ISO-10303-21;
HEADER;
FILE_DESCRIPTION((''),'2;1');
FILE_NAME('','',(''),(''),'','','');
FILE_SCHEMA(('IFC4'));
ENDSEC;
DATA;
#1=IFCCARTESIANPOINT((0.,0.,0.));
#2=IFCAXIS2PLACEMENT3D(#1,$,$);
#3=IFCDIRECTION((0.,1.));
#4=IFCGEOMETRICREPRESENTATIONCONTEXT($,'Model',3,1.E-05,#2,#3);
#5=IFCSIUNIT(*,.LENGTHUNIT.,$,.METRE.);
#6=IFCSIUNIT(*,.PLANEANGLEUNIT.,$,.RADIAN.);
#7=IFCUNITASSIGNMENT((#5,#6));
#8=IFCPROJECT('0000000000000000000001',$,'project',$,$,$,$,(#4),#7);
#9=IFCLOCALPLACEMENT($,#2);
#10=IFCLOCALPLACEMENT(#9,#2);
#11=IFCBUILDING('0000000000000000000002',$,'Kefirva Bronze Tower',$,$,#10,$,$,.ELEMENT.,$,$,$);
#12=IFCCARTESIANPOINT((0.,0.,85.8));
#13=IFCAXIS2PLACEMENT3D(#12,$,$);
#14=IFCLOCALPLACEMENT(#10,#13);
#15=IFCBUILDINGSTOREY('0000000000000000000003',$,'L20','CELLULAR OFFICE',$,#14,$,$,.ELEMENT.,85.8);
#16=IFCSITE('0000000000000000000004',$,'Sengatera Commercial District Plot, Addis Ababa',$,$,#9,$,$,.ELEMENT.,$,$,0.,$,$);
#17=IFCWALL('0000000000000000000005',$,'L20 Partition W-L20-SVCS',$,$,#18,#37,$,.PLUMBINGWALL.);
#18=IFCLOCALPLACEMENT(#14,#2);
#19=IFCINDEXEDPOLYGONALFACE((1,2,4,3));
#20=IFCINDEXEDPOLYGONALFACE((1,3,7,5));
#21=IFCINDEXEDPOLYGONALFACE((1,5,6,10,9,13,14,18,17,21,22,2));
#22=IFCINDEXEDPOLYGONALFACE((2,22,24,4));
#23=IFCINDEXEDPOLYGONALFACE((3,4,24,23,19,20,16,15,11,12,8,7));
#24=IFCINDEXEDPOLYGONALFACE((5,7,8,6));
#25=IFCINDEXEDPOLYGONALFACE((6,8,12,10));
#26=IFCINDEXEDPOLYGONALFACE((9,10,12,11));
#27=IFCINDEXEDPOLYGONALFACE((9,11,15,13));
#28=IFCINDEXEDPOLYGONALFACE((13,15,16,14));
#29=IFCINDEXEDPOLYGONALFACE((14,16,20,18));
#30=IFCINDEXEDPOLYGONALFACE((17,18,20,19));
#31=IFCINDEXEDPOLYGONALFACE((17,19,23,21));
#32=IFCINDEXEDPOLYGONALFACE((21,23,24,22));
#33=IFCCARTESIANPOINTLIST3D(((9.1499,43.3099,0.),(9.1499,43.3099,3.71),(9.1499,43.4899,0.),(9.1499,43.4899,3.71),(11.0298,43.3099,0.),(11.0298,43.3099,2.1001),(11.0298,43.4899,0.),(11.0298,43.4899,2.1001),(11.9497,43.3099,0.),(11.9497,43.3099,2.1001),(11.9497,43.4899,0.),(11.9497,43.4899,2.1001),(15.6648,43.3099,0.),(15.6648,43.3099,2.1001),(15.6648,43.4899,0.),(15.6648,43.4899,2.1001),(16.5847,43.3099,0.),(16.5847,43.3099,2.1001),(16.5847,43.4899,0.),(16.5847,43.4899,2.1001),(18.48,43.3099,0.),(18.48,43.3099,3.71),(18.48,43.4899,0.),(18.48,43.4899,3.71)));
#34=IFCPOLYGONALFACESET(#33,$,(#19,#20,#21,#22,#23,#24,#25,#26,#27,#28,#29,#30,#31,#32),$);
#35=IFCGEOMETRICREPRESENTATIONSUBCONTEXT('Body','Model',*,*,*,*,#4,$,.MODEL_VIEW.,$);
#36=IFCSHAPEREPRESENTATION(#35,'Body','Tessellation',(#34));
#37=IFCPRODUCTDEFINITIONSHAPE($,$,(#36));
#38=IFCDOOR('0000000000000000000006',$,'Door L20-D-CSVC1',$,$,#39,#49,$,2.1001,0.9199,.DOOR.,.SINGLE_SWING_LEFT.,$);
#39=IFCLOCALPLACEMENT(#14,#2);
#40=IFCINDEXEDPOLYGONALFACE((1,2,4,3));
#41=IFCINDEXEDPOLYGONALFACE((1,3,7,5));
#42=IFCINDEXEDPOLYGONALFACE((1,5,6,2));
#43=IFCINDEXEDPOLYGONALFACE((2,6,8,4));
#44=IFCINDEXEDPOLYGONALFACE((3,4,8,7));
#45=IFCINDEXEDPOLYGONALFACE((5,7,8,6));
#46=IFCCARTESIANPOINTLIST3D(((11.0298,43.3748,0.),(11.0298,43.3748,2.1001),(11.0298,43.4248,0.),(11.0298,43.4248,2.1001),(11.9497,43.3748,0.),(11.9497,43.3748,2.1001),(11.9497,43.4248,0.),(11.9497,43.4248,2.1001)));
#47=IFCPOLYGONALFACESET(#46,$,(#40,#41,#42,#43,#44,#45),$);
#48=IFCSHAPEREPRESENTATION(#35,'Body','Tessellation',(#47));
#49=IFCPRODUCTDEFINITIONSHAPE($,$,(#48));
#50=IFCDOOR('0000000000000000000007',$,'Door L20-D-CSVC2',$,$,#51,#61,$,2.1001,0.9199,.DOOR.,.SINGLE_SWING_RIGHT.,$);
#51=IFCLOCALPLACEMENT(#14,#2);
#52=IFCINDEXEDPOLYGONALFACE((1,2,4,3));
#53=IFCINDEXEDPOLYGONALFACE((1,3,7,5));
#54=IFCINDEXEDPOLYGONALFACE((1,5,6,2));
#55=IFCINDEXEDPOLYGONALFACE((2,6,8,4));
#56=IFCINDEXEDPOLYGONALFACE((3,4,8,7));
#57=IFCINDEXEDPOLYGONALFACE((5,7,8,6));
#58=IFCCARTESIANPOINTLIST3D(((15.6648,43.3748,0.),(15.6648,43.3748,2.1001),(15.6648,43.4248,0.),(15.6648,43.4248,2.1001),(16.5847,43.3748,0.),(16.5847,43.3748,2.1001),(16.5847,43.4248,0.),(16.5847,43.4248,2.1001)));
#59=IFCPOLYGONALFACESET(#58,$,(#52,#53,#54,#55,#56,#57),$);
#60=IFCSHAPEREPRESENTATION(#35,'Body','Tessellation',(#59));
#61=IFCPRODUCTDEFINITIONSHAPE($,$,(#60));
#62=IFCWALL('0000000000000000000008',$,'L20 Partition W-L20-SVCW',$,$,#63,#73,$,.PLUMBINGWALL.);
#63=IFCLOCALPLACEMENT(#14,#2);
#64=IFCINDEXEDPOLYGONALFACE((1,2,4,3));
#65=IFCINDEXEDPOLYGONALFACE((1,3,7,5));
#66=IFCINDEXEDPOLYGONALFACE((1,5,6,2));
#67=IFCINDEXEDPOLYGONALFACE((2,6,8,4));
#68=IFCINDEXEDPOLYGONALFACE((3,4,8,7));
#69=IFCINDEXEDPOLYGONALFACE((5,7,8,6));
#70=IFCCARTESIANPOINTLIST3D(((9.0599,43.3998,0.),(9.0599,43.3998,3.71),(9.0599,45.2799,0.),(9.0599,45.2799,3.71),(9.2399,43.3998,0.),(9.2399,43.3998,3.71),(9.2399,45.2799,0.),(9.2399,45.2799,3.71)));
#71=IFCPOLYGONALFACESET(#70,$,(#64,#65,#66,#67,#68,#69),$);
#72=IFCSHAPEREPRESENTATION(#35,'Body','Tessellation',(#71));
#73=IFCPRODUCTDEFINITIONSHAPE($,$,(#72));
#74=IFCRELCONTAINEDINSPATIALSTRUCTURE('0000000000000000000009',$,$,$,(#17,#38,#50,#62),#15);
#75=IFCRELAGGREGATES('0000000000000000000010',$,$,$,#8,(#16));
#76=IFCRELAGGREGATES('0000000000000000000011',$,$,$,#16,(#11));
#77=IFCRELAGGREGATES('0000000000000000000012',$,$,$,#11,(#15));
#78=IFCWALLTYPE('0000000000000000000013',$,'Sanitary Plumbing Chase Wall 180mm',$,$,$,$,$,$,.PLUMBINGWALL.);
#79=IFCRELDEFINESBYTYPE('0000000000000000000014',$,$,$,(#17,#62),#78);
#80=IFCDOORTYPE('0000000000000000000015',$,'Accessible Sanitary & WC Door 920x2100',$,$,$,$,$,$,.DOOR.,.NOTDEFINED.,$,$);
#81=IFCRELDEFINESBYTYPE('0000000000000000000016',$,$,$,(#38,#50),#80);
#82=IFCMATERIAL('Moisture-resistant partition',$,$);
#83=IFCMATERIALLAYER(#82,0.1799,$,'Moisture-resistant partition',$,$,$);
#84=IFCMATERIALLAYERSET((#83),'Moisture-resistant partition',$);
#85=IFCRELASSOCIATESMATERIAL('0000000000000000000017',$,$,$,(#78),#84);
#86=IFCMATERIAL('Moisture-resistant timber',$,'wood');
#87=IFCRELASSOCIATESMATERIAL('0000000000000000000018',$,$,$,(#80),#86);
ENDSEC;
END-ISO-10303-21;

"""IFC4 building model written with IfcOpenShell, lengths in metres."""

from ifc_helpers import new_model, si_unit, direction, frame, frame_2d, origin, place, context, subcontext, project, spatial, rectangle, extrude, material, layer, layer_set, type_object, element, fill, save


model = new_model("IFC4")

# Units and contexts
model_context = context("Model", 3, precision=1e-05, world=origin(), true_north=direction((0.0, 1.0)))
body_context = subcontext(model_context, "Body", "Model", "MODEL_VIEW")
ifc_project = project(units=[si_unit("LENGTHUNIT", "METRE"), si_unit("PLANEANGLEUNIT", "RADIAN")], contexts=[model_context])

# Site, building, storey
site_placement = place(None, origin())
site = spatial("IfcSite", under=ifc_project, at=site_placement, Name="Sengatera Commercial District Plot, Addis Ababa", CompositionType="ELEMENT", RefElevation=0.0)
building_placement = place(site_placement, origin())
building = spatial("IfcBuilding", under=site, at=building_placement, Name="Kefirva Bronze Tower", CompositionType="ELEMENT")
storey_placement = place(building_placement, frame((0.0, 0.0, 85.8)))
storey = spatial("IfcBuildingStorey", under=building, at=storey_placement, Name="L20", Description="CELLULAR OFFICE", CompositionType="ELEMENT", Elevation=85.8)

# Wall, openings, doors
ifc_material_1 = material(Name="Moisture-resistant partition")
ifc_layer_1 = layer(ifc_material_1, 0.1799, Name="Moisture-resistant partition")
ifc_layer_set_1 = layer_set([ifc_layer_1], Name="Moisture-resistant partition")
wall_type_1 = type_object("IfcWallType", Name="Sanitary Plumbing Chase Wall 180mm", PredefinedType="PLUMBINGWALL", material=ifc_layer_set_1)
wall_1_placement = place(storey_placement, frame((9.1499, 43.3999, 0.0), z_axis=(0.0, 0.0, 1.0), x_axis=(1.0, 0.0, 0.0)))
wall_1 = element("IfcWall", 1, at=wall_1_placement, inside=storey, type_object=wall_type_1, Name="L20 Partition W-L20-SVCS", PredefinedType="PLUMBINGWALL", context=body_context, shape_type="SweptSolid", body=[
    extrude(rectangle(XDim=9.3301, YDim=0.1799, at=frame_2d((4.665, 0.0))), origin(), (0.0, 0.0, 1.0), 3.71),
])
opening_1_placement = place(wall_1_placement, frame((1.8799, 0.0, 0.0)))
opening_1 = element("IfcOpeningElement", 2, at=opening_1_placement, cuts=wall_1, PredefinedType="OPENING", context=body_context, shape_type="SweptSolid", body=[
    extrude(rectangle(XDim=0.9199, YDim=2.1001, at=frame_2d((0.46, 1.05))), frame((0.0, 0.1001, 0.0), z_axis=(0.0, -1.0, 0.0), x_axis=(1.0, 0.0, 0.0)), (0.0, 0.0, 1.0), 0.2),
])
opening_2_placement = place(wall_1_placement, frame((6.5149, 0.0, 0.0)))
opening_2 = element("IfcOpeningElement", 3, at=opening_2_placement, cuts=wall_1, PredefinedType="OPENING", context=body_context, shape_type="SweptSolid", body=[
    extrude(rectangle(XDim=0.9199, YDim=2.1001, at=frame_2d((0.46, 1.05))), frame((0.0, 0.1001, 0.0), z_axis=(0.0, -1.0, 0.0), x_axis=(1.0, 0.0, 0.0)), (0.0, 0.0, 1.0), 0.2),
])
ifc_material_2 = material(Name="Moisture-resistant timber", Category="wood")
door_type_1 = type_object("IfcDoorType", Name="Accessible Sanitary & WC Door 920x2100", OperationType="NOTDEFINED", PredefinedType="DOOR", material=ifc_material_2)
door_1_placement = place(opening_1_placement, origin())
door_1 = element("IfcDoor", 4, at=door_1_placement, inside=storey, type_object=door_type_1, Name="Door L20-D-CSVC1", OperationType="SINGLE_SWING_LEFT", OverallHeight=2.1001, OverallWidth=0.9199, PredefinedType="DOOR", context=body_context, shape_type="SweptSolid", body=[
    extrude(rectangle(XDim=0.9199, YDim=2.1001, at=frame_2d((0.46, 1.05))), frame((0.0, 0.0249, 0.0), z_axis=(0.0, -1.0, 0.0), x_axis=(1.0, 0.0, 0.0)), (0.0, 0.0, 1.0), 0.05),
])
fill(opening_1, door_1)
door_2_placement = place(opening_2_placement, origin())
door_2 = element("IfcDoor", 5, at=door_2_placement, inside=storey, type_object=door_type_1, Name="Door L20-D-CSVC2", OperationType="SINGLE_SWING_RIGHT", OverallHeight=2.1001, OverallWidth=0.9199, PredefinedType="DOOR", context=body_context, shape_type="SweptSolid", body=[
    extrude(rectangle(XDim=0.9199, YDim=2.1001, at=frame_2d((0.46, 1.05))), frame((0.0, 0.0249, 0.0), z_axis=(0.0, -1.0, 0.0), x_axis=(1.0, 0.0, 0.0)), (0.0, 0.0, 1.0), 0.05),
])
fill(opening_2, door_2)

# Wall
wall_2_placement = place(storey_placement, frame((9.1499, 43.3999, 0.0), z_axis=(0.0, 0.0, 1.0), x_axis=(0.0, 1.0, 0.0)))
element("IfcWall", 6, at=wall_2_placement, inside=storey, type_object=wall_type_1, Name="L20 Partition W-L20-SVCW", PredefinedType="PLUMBINGWALL", context=body_context, shape_type="SweptSolid", body=[
    extrude(rectangle(XDim=1.8801, YDim=0.1799, at=frame_2d((0.9399, 0.0))), origin(), (0.0, 0.0, 1.0), 3.71),
])

save(model, "model.ifc")
